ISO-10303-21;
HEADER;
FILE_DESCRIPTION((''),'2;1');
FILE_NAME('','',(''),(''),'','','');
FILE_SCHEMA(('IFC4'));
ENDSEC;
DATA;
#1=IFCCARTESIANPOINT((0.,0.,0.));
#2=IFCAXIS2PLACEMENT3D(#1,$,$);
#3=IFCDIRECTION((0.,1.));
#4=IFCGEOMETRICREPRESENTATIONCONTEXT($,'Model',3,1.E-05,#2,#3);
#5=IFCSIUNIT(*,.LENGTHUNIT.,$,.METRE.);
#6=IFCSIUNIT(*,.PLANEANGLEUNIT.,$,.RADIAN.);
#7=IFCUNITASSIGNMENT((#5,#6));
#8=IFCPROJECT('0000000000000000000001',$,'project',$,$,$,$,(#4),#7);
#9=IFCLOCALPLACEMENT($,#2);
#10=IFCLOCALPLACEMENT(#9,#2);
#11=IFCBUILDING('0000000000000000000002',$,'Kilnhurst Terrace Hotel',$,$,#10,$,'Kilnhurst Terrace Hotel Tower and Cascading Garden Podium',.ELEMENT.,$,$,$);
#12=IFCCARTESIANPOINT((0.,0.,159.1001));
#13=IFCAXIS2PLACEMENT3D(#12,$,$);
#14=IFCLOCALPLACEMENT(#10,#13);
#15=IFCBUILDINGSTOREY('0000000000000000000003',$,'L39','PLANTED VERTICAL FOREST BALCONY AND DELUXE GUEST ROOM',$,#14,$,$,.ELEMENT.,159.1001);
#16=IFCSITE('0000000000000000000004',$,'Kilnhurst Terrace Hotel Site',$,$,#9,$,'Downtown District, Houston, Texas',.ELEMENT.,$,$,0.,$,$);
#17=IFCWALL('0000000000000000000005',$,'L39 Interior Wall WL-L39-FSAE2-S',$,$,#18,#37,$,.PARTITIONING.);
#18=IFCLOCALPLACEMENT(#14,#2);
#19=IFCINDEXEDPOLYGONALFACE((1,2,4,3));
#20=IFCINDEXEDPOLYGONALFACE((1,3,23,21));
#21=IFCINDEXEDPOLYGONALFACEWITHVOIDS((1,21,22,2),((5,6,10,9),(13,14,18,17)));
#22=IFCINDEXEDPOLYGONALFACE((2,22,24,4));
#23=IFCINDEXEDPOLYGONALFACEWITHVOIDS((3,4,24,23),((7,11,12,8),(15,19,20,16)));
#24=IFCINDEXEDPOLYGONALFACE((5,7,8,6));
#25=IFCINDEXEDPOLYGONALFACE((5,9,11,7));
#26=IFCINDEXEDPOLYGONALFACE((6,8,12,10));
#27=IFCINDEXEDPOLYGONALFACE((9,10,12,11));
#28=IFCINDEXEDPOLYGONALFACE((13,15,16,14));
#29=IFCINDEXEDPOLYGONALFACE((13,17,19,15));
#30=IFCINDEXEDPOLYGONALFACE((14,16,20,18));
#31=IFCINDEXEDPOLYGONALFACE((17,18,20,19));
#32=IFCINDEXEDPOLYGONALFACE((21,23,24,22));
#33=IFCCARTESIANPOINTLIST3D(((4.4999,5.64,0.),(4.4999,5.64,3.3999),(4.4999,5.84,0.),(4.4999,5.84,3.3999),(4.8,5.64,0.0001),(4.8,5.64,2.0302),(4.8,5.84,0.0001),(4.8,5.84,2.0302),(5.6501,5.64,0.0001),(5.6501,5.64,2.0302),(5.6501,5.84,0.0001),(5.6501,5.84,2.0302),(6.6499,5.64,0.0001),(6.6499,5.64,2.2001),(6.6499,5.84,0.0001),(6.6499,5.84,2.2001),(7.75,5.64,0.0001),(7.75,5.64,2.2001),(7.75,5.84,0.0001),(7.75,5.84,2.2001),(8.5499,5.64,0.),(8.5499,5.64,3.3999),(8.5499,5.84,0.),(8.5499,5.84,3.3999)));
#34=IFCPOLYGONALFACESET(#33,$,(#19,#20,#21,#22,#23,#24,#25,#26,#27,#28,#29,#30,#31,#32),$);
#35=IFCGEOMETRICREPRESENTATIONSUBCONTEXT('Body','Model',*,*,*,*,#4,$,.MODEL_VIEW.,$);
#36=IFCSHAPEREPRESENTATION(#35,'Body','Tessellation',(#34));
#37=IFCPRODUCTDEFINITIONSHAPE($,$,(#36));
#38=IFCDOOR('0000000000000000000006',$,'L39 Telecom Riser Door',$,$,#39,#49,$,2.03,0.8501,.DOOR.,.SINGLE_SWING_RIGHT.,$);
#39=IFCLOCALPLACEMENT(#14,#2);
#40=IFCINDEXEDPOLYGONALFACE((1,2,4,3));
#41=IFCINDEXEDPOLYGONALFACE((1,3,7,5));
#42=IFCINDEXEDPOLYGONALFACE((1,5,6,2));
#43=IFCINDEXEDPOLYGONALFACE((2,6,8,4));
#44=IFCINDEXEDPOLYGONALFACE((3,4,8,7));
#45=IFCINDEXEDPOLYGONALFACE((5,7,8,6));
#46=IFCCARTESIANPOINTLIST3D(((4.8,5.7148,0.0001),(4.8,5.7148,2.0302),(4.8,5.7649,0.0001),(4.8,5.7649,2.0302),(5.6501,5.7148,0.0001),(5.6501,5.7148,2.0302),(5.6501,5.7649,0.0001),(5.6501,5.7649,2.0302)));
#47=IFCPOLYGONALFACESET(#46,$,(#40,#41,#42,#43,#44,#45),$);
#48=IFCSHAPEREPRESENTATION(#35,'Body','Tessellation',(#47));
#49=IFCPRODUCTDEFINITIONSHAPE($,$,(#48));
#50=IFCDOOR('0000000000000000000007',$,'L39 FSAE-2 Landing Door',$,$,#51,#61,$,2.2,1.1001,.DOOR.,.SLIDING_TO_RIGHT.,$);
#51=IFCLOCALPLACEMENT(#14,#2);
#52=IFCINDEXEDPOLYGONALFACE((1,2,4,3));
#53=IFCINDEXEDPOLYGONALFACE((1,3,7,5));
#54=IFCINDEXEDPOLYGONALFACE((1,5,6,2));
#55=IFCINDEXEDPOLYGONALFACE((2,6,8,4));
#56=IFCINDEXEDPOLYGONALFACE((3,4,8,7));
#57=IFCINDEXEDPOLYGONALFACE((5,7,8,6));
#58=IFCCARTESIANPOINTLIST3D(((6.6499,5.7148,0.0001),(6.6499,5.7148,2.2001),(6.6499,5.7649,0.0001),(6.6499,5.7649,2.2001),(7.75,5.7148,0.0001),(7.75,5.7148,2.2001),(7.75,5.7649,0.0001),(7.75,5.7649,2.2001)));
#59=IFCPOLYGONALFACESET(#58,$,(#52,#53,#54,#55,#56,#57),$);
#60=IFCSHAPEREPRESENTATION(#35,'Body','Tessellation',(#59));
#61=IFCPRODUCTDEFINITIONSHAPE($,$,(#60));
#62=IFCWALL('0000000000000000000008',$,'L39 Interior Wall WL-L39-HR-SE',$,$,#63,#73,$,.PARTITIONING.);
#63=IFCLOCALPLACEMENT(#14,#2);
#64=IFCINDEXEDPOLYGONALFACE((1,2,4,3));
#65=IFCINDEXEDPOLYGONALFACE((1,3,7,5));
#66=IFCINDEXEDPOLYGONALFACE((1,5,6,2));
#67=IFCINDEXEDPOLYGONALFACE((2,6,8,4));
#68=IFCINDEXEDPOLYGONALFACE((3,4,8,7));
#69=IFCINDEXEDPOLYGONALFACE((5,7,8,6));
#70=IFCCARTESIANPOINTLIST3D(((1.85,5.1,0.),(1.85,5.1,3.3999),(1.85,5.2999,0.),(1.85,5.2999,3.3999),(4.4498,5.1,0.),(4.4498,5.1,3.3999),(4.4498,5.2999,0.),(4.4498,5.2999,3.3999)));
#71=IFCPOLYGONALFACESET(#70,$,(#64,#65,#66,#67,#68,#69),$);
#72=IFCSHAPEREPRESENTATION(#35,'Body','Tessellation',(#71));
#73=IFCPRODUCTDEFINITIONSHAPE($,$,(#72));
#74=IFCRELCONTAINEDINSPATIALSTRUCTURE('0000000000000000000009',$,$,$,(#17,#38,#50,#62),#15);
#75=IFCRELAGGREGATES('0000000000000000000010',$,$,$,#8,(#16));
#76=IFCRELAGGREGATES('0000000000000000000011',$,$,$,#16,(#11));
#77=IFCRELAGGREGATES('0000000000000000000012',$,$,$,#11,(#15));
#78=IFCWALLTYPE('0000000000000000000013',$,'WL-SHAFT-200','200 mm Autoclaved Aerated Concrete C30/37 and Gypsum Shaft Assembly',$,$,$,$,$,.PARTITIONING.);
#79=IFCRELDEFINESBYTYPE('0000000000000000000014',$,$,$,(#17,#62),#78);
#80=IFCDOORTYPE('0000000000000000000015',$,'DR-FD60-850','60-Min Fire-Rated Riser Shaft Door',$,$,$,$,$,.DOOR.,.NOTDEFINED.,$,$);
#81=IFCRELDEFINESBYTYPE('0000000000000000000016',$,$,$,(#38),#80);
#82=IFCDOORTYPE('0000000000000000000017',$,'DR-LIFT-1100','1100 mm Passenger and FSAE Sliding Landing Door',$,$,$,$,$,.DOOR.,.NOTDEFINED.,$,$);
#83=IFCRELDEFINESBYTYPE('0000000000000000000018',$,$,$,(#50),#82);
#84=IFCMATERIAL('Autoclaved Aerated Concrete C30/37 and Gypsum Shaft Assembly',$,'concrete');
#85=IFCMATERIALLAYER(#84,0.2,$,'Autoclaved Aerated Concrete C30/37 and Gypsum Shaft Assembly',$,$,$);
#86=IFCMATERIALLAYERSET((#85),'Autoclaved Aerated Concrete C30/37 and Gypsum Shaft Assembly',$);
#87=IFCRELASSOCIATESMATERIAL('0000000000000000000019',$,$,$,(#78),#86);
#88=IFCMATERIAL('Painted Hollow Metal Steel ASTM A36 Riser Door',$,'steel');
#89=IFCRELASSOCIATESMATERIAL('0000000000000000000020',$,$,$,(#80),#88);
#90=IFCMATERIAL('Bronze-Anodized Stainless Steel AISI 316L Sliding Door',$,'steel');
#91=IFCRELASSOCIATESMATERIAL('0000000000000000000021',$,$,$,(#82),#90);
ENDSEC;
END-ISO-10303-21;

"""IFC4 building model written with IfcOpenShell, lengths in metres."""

from ifc_helpers import new_model, si_unit, direction, frame, frame_2d, origin, place, context, subcontext, project, spatial, rectangle, extrude, material, layer, layer_set, type_object, element, fill, save


model = new_model("IFC4")

# Units and contexts
model_context = context("Model", 3, precision=1e-05, world=origin(), true_north=direction((0.0, 1.0)))
body_context = subcontext(model_context, "Body", "Model", "MODEL_VIEW")
ifc_project = project(units=[si_unit("LENGTHUNIT", "METRE"), si_unit("PLANEANGLEUNIT", "RADIAN")], contexts=[model_context])

# Site, building, storey
site_placement = place(None, origin())
site = spatial("IfcSite", under=ifc_project, at=site_placement, Name="Kilnhurst Terrace Hotel Site", LongName="Downtown District, Houston, Texas", CompositionType="ELEMENT", RefElevation=0.0)
building_placement = place(site_placement, origin())
building = spatial("IfcBuilding", under=site, at=building_placement, Name="Kilnhurst Terrace Hotel", LongName="Kilnhurst Terrace Hotel Tower and Cascading Garden Podium", CompositionType="ELEMENT")
storey_placement = place(building_placement, frame((0.0, 0.0, 159.1001)))
storey = spatial("IfcBuildingStorey", under=building, at=storey_placement, Name="L39", Description="PLANTED VERTICAL FOREST BALCONY AND DELUXE GUEST ROOM", CompositionType="ELEMENT", Elevation=159.1001)

# Wall, openings, doors
ifc_material_1 = material(Name="Autoclaved Aerated Concrete C30/37 and Gypsum Shaft Assembly", Category="concrete")
ifc_layer_1 = layer(ifc_material_1, 0.2, Name="Autoclaved Aerated Concrete C30/37 and Gypsum Shaft Assembly")
ifc_layer_set_1 = layer_set([ifc_layer_1], Name="Autoclaved Aerated Concrete C30/37 and Gypsum Shaft Assembly")
wall_type_1 = type_object("IfcWallType", Name="WL-SHAFT-200", Description="200 mm Autoclaved Aerated Concrete C30/37 and Gypsum Shaft Assembly", PredefinedType="PARTITIONING", material=ifc_layer_set_1)
wall_1_placement = place(storey_placement, frame((4.5, 5.74, 0.0), z_axis=(0.0, 0.0, 1.0), x_axis=(1.0, 0.0, 0.0)))
wall_1 = element("IfcWall", 1, at=wall_1_placement, inside=storey, type_object=wall_type_1, Name="L39 Interior Wall WL-L39-FSAE2-S", PredefinedType="PARTITIONING", context=body_context, shape_type="SweptSolid", body=[
    extrude(rectangle(XDim=4.05, YDim=0.2, at=frame_2d((2.0249, 0.0))), origin(), (0.0, 0.0, 1.0), 3.3999),
])
opening_1_placement = place(wall_1_placement, frame((0.3, 0.0, 0.0)))
opening_1 = element("IfcOpeningElement", 2, at=opening_1_placement, cuts=wall_1, PredefinedType="OPENING", context=body_context, shape_type="SweptSolid", body=[
    extrude(rectangle(XDim=0.8501, YDim=2.03, at=frame_2d((0.425, 1.0151))), frame((0.0, 0.1099, 0.0), z_axis=(0.0, -1.0, 0.0), x_axis=(1.0, 0.0, 0.0)), (0.0, 0.0, 1.0), 0.22),
])
opening_2_placement = place(wall_1_placement, frame((2.1499, 0.0, 0.0)))
opening_2 = element("IfcOpeningElement", 3, at=opening_2_placement, cuts=wall_1, PredefinedType="OPENING", context=body_context, shape_type="SweptSolid", body=[
    extrude(rectangle(XDim=1.1001, YDim=2.2, at=frame_2d((0.55, 1.1001))), frame((0.0, 0.1099, 0.0), z_axis=(0.0, -1.0, 0.0), x_axis=(1.0, 0.0, 0.0)), (0.0, 0.0, 1.0), 0.22),
])
ifc_material_2 = material(Name="Painted Hollow Metal Steel ASTM A36 Riser Door", Category="steel")
door_type_1 = type_object("IfcDoorType", Name="DR-FD60-850", Description="60-Min Fire-Rated Riser Shaft Door", OperationType="NOTDEFINED", PredefinedType="DOOR", material=ifc_material_2)
door_1_placement = place(opening_1_placement, origin())
door_1 = element("IfcDoor", 4, at=door_1_placement, inside=storey, type_object=door_type_1, Name="L39 Telecom Riser Door", OperationType="SINGLE_SWING_RIGHT", OverallHeight=2.03, OverallWidth=0.8501, PredefinedType="DOOR", context=body_context, shape_type="SweptSolid", body=[
    extrude(rectangle(XDim=0.8501, YDim=2.03, at=frame_2d((0.425, 1.0151))), frame((0.0, 0.0249, 0.0), z_axis=(0.0, -1.0, 0.0), x_axis=(1.0, 0.0, 0.0)), (0.0, 0.0, 1.0), 0.05),
])
fill(opening_1, door_1)
ifc_material_3 = material(Name="Bronze-Anodized Stainless Steel AISI 316L Sliding Door", Category="steel")
door_type_2 = type_object("IfcDoorType", Name="DR-LIFT-1100", Description="1100 mm Passenger and FSAE Sliding Landing Door", OperationType="NOTDEFINED", PredefinedType="DOOR", material=ifc_material_3)
door_2_placement = place(opening_2_placement, origin())
door_2 = element("IfcDoor", 5, at=door_2_placement, inside=storey, type_object=door_type_2, Name="L39 FSAE-2 Landing Door", OperationType="SLIDING_TO_RIGHT", OverallHeight=2.2, OverallWidth=1.1001, PredefinedType="DOOR", context=body_context, shape_type="SweptSolid", body=[
    extrude(rectangle(XDim=1.1001, YDim=2.2, at=frame_2d((0.55, 1.1001))), frame((0.0, 0.0249, 0.0), z_axis=(0.0, -1.0, 0.0), x_axis=(1.0, 0.0, 0.0)), (0.0, 0.0, 1.0), 0.05),
])
fill(opening_2, door_2)

# Wall
wall_2_placement = place(storey_placement, frame((1.8501, 5.2, 0.0), z_axis=(0.0, 0.0, 1.0), x_axis=(1.0, 0.0, 0.0)))
element("IfcWall", 6, at=wall_2_placement, inside=storey, type_object=wall_type_1, Name="L39 Interior Wall WL-L39-HR-SE", PredefinedType="PARTITIONING", context=body_context, shape_type="SweptSolid", body=[
    extrude(rectangle(XDim=2.5999, YDim=0.2, at=frame_2d((1.2998, 0.0))), origin(), (0.0, 0.0, 1.0), 3.3999),
])

save(model, "model.ifc")
